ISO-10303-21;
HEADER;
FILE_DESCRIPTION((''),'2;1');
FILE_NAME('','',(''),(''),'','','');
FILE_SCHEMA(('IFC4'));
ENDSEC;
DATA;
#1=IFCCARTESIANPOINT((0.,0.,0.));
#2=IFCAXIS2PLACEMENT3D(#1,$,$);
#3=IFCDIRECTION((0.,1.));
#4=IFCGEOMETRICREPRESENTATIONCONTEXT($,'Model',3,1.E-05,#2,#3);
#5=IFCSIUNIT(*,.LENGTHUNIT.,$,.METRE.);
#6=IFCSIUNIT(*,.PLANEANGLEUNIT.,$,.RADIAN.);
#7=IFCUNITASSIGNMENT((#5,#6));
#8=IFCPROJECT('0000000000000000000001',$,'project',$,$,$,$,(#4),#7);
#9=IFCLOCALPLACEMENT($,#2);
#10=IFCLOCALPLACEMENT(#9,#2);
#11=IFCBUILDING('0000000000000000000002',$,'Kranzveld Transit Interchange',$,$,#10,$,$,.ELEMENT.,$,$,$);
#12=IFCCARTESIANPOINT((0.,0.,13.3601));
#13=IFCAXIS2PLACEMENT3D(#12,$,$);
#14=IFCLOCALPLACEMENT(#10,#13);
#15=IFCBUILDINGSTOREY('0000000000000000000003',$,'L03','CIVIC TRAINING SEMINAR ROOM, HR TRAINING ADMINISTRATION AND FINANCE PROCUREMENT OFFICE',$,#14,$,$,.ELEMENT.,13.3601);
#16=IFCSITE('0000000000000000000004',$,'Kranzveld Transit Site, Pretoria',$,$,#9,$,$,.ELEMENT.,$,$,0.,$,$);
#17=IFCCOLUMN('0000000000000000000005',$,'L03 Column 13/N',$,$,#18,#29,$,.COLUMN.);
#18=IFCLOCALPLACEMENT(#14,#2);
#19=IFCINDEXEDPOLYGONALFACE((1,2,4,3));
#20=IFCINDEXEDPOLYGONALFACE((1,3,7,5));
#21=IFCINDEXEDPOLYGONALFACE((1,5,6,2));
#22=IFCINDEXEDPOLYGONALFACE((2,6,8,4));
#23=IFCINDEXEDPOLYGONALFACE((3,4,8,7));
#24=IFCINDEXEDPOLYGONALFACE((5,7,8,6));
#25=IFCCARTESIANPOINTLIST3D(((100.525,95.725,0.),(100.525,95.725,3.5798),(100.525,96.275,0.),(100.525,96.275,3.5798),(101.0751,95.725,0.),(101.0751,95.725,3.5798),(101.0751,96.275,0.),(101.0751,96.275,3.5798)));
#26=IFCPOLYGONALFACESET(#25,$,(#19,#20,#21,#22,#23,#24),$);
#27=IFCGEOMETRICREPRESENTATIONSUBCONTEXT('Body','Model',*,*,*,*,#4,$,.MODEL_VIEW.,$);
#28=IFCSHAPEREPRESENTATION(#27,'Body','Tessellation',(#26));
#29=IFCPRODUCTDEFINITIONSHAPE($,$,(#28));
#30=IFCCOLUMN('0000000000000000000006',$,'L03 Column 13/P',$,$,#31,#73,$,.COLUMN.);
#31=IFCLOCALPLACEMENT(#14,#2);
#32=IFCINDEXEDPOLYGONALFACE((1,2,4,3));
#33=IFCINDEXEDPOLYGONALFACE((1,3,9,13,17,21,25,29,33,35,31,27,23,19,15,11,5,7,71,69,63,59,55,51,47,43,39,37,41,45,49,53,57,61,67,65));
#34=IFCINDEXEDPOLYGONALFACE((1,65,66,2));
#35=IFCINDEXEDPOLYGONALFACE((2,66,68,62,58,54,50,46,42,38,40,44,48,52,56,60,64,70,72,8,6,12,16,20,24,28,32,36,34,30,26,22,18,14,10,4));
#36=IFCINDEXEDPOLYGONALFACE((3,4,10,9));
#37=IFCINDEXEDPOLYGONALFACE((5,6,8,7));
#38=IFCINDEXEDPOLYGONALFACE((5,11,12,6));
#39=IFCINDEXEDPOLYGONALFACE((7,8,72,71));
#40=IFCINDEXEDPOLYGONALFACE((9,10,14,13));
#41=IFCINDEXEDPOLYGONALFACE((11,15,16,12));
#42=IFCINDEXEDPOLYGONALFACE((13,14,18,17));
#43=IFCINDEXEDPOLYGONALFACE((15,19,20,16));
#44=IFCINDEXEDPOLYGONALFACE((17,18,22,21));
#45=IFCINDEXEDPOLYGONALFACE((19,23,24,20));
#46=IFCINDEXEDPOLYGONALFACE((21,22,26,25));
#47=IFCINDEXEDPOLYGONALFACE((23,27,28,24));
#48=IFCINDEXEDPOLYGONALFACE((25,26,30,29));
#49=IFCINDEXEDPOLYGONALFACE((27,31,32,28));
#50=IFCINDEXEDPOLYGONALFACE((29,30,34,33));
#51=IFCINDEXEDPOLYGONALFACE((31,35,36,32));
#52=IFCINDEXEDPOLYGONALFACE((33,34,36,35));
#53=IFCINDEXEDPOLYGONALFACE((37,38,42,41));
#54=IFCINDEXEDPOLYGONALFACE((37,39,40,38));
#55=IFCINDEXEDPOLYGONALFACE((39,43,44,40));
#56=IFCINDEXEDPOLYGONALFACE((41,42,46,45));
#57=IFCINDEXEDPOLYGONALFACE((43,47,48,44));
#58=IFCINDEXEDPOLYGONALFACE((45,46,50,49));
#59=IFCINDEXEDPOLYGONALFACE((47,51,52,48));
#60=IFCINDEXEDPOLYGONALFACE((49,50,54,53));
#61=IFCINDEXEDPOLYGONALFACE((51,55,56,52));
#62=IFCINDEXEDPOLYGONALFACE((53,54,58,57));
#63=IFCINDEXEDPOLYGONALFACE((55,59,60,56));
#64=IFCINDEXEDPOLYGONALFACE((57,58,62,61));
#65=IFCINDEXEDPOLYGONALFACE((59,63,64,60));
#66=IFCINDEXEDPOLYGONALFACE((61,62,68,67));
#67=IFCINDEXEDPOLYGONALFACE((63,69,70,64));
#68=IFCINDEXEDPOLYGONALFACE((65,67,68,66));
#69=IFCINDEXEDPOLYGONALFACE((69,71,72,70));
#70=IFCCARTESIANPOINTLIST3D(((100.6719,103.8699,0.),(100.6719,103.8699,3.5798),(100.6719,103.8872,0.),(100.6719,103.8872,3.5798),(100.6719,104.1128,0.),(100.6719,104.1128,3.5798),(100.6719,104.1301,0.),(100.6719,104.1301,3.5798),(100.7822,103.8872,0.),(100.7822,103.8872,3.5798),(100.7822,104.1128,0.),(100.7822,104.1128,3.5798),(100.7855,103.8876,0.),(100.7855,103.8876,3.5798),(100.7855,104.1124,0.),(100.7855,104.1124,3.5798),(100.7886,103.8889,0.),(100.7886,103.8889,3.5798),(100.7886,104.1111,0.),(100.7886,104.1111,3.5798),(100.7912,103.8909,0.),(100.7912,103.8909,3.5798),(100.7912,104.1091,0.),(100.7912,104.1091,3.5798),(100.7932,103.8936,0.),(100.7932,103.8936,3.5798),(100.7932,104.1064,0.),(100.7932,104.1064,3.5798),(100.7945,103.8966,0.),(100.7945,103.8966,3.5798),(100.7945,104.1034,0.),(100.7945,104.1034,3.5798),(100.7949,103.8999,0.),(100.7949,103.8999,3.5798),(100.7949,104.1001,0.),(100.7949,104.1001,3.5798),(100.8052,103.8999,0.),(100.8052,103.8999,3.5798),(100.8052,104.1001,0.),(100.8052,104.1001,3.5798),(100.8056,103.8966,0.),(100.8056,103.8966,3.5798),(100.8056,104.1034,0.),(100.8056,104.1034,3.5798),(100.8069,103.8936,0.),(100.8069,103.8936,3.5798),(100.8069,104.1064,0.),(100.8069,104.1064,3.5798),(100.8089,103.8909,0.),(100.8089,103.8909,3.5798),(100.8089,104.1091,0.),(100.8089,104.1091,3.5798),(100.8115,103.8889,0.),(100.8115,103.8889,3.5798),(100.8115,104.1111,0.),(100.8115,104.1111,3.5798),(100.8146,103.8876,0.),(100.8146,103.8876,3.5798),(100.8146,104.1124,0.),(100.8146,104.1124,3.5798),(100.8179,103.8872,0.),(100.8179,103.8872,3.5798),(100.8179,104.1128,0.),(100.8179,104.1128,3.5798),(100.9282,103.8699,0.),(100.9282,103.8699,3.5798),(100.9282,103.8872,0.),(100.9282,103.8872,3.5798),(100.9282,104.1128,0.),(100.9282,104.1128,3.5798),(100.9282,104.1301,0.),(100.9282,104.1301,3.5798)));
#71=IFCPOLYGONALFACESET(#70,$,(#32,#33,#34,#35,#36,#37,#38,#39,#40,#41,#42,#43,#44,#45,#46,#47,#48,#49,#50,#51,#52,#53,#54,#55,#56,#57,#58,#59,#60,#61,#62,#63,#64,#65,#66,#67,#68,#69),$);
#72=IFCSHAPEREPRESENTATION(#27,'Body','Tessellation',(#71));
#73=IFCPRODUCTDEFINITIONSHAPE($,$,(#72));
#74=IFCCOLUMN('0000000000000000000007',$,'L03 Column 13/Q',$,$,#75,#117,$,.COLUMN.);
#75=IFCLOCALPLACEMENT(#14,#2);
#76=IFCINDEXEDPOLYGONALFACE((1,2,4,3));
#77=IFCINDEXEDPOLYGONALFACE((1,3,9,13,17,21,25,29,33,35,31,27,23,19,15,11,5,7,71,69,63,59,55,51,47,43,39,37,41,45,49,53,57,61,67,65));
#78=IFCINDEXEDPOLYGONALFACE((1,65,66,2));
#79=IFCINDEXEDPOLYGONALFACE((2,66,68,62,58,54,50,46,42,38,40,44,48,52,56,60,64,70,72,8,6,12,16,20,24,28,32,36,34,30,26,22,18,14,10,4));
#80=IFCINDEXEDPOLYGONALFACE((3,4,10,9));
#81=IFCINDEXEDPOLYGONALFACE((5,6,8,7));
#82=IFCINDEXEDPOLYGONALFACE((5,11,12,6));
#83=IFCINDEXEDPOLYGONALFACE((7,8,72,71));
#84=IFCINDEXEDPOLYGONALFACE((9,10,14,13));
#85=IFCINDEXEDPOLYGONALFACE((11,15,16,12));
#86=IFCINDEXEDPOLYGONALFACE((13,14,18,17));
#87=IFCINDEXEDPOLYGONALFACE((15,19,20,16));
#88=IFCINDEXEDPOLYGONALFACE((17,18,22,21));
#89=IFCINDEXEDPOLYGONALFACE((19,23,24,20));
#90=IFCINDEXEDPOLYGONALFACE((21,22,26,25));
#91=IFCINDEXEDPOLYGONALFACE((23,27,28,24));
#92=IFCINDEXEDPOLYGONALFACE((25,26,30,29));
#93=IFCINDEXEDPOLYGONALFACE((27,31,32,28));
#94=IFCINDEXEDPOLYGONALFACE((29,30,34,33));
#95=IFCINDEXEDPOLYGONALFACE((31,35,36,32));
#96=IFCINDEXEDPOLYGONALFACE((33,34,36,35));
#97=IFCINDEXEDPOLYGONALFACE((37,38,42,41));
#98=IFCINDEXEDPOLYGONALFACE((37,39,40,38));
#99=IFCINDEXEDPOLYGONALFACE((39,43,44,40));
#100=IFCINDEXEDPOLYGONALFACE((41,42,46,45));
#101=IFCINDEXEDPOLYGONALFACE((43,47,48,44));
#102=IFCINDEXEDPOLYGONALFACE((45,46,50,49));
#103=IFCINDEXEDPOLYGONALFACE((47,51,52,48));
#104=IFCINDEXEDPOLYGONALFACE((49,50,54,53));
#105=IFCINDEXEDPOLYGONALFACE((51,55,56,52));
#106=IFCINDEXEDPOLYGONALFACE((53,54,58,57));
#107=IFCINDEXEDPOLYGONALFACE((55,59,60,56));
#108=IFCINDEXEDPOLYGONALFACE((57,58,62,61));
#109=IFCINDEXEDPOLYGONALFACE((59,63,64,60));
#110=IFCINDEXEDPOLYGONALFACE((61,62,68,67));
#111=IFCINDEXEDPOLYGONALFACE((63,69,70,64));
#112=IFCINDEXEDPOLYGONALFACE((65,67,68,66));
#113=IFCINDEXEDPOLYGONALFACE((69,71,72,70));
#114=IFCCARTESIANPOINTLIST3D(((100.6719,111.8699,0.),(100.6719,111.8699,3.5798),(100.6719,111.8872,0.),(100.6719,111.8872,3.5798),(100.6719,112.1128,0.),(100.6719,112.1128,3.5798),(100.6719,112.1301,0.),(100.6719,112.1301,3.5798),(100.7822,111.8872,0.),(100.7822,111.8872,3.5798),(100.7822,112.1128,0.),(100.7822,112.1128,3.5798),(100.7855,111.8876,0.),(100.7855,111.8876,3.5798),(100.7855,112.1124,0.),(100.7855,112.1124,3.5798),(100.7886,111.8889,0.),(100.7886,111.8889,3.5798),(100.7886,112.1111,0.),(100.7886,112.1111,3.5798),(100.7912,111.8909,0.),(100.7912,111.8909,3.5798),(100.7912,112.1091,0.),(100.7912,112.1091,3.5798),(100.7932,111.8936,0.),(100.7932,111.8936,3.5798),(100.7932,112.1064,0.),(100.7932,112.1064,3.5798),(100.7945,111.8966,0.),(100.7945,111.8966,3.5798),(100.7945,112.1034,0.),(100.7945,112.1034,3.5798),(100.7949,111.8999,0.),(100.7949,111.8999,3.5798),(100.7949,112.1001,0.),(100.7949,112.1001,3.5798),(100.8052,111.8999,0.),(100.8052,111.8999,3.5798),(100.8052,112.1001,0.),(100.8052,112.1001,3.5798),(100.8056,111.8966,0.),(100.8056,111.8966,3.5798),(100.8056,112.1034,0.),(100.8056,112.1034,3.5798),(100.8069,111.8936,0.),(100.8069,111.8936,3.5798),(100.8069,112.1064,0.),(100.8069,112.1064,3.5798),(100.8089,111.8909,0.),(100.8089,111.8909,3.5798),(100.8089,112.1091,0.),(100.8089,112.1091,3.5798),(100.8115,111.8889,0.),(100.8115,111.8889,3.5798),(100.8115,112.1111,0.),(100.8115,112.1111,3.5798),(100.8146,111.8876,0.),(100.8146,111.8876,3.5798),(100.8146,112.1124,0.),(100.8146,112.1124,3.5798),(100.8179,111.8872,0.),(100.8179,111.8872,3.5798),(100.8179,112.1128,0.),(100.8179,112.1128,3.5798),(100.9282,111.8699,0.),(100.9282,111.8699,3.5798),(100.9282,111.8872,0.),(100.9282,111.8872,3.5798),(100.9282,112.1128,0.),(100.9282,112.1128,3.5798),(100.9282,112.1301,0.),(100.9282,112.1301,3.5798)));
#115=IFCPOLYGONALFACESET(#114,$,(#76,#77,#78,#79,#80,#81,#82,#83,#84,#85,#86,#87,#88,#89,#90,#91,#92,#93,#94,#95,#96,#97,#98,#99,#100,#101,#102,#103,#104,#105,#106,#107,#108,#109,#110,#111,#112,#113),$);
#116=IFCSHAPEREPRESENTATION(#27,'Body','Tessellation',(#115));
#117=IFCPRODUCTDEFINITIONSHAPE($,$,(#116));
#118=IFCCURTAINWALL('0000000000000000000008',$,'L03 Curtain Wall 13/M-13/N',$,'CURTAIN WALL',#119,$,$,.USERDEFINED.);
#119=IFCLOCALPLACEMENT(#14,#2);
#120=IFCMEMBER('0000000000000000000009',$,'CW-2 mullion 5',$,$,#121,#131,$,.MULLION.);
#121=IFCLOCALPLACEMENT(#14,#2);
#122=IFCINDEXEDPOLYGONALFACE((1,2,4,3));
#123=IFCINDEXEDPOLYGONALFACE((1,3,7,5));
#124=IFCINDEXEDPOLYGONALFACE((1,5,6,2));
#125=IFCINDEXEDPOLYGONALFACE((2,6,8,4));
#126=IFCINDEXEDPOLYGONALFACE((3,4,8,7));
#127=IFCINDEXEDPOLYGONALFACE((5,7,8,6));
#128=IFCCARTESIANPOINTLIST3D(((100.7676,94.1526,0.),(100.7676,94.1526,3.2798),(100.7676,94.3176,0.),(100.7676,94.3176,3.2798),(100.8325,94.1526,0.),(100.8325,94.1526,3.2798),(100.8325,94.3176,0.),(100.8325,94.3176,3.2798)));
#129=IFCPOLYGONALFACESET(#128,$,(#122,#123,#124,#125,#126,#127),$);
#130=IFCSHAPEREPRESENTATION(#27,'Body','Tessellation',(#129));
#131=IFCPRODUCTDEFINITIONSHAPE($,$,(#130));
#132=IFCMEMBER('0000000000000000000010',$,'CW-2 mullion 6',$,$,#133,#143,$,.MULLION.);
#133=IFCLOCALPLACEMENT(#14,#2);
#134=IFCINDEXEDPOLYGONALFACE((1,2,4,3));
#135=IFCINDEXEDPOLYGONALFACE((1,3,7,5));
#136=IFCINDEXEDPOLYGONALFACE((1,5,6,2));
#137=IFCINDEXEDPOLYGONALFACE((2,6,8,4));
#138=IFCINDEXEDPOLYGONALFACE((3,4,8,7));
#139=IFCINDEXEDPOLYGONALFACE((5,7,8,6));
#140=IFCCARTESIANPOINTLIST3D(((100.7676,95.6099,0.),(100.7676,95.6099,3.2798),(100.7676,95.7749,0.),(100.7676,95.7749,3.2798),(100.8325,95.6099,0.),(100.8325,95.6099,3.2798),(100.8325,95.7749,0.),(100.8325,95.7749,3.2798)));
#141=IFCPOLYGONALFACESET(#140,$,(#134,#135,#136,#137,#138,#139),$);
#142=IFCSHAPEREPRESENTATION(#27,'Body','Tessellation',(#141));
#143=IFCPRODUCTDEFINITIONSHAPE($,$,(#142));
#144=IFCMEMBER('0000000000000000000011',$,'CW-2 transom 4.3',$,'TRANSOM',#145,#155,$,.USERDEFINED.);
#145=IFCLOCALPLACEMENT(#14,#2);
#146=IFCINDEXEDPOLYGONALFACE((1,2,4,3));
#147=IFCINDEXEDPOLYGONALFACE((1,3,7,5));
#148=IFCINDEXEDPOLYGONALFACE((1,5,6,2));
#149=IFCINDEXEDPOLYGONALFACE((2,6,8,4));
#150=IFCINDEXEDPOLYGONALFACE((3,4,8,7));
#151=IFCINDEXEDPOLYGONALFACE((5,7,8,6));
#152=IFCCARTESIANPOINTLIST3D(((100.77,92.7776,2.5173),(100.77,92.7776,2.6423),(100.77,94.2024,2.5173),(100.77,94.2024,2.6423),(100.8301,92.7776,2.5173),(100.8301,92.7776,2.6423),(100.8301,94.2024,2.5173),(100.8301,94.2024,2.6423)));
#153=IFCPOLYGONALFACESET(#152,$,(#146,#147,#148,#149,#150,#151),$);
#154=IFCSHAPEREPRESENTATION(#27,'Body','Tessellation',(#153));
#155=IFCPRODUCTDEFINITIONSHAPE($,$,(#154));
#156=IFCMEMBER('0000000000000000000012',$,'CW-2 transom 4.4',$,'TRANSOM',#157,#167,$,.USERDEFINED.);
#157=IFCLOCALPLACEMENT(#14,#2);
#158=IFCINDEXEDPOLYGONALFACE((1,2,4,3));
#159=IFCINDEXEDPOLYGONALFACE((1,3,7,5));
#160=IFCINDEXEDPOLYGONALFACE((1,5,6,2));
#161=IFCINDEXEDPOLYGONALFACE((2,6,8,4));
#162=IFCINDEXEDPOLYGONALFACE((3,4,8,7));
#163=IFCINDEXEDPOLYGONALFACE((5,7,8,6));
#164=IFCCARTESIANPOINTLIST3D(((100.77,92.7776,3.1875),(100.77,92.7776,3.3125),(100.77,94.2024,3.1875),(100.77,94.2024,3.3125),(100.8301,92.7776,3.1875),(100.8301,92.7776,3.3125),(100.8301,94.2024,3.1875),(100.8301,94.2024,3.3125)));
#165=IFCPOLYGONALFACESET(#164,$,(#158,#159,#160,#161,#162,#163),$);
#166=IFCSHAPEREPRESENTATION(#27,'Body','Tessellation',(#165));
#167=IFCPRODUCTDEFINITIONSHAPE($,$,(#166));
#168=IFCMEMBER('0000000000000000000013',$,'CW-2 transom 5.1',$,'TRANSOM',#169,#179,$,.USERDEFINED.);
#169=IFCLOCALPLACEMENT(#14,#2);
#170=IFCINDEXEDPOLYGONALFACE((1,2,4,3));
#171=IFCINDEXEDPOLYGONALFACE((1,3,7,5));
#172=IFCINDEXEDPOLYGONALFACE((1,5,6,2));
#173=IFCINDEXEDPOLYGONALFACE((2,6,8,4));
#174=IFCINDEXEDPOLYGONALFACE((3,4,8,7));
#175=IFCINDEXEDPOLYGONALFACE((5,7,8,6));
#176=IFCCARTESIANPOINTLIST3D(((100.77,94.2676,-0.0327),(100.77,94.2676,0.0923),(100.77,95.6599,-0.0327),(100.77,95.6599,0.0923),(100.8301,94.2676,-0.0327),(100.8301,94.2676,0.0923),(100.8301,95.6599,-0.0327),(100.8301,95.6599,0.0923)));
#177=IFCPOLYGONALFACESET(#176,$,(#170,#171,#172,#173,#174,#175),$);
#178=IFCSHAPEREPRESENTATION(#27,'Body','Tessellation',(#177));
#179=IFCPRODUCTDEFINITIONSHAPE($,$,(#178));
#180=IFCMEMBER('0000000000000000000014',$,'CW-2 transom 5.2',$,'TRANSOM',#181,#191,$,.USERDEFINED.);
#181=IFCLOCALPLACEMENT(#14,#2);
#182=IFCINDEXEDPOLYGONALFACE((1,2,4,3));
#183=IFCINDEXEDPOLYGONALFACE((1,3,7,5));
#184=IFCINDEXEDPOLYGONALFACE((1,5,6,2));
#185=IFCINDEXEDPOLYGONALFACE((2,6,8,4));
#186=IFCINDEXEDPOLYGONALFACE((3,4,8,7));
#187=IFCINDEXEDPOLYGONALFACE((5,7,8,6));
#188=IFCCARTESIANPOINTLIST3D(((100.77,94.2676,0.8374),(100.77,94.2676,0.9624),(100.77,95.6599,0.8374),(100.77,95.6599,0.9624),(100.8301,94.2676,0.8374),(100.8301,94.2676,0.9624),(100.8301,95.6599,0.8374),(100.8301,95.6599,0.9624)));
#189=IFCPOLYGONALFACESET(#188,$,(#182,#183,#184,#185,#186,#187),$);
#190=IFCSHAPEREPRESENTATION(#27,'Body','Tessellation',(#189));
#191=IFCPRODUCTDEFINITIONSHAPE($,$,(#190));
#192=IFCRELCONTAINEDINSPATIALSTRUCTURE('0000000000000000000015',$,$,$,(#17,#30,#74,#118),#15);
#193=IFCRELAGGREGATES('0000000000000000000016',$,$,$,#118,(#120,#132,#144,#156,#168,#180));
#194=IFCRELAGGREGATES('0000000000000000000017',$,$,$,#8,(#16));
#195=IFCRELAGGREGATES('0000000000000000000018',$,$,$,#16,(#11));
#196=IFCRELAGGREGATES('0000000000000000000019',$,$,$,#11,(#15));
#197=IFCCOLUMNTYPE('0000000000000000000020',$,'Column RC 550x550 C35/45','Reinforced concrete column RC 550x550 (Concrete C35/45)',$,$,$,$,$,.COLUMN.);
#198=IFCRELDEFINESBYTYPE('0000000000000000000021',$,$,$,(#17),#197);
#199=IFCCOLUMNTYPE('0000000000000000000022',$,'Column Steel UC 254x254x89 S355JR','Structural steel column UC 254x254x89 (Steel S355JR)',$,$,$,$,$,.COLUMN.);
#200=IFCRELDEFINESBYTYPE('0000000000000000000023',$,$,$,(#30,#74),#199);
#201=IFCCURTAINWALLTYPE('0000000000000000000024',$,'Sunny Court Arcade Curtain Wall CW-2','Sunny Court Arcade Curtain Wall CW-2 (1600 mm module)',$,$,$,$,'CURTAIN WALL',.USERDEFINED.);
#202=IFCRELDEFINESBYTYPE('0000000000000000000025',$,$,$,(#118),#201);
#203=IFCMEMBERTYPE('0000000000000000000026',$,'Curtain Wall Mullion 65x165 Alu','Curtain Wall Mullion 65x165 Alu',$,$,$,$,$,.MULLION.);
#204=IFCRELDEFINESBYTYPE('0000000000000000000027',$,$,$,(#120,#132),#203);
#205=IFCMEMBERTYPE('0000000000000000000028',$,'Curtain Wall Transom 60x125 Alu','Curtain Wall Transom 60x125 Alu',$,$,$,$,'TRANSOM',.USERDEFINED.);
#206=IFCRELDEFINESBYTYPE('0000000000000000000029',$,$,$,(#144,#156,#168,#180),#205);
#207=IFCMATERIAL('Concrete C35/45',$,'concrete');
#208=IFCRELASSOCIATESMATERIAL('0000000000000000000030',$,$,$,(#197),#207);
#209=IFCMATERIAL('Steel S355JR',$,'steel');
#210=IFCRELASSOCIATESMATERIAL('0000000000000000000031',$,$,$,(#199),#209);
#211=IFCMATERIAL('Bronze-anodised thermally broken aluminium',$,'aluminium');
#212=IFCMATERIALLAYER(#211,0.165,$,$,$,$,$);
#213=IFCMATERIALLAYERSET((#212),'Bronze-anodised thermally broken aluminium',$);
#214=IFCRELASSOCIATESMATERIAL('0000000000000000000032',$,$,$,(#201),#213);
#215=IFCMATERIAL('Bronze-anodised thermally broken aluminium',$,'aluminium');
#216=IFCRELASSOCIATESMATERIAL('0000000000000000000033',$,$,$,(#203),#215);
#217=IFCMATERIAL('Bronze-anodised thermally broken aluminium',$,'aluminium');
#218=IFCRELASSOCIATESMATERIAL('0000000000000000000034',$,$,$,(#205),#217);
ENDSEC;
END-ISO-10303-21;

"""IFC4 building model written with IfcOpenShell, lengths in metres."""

from ifc_helpers import new_model, si_unit, direction, frame, origin, origin_2d, place, context, subcontext, project, spatial, rectangle, i_section, extrude, material, layer, layer_set, material_profile, profile_set, type_object, element, aggregate, save


model = new_model("IFC4")

# Units and contexts
model_context = context("Model", 3, precision=1e-05, world=origin(), true_north=direction((0.0, 1.0)))
body_context = subcontext(model_context, "Body", "Model", "MODEL_VIEW")
ifc_project = project(units=[si_unit("LENGTHUNIT", "METRE"), si_unit("PLANEANGLEUNIT", "RADIAN")], contexts=[model_context])

# Site, building, storey
site_placement = place(None, origin())
site = spatial("IfcSite", under=ifc_project, at=site_placement, Name="Kranzveld Transit Site, Pretoria", CompositionType="ELEMENT", RefElevation=0.0)
building_placement = place(site_placement, origin())
building = spatial("IfcBuilding", under=site, at=building_placement, Name="Kranzveld Transit Interchange", CompositionType="ELEMENT")
storey_placement = place(building_placement, frame((0.0, 0.0, 13.3601)))
storey = spatial("IfcBuildingStorey", under=building, at=storey_placement, Name="L03", Description="CIVIC TRAINING SEMINAR ROOM, HR TRAINING ADMINISTRATION AND FINANCE PROCUREMENT OFFICE", CompositionType="ELEMENT", Elevation=13.3601)

# Columns
ifc_material_1 = material(Name="Concrete C35/45", Category="concrete")
ifc_material_profile_1 = material_profile(ifc_material_1, rectangle(XDim=0.55, YDim=0.55, at=origin_2d()), Name="RC 550x550")
ifc_profile_set_1 = profile_set([ifc_material_profile_1], Name="Concrete C35/45")
column_type_1 = type_object("IfcColumnType", Name="Column RC 550x550 C35/45", Description="Reinforced concrete column RC 550x550 (Concrete C35/45)", PredefinedType="COLUMN", material=ifc_profile_set_1)
column_placement = place(storey_placement, frame((100.8, 96.0, 0.0), z_axis=(0.0, 0.0, 1.0), x_axis=(1.0, 0.0, 0.0)))
element("IfcColumn", 1, at=column_placement, inside=storey, type_object=column_type_1, Name="L03 Column 13/N", PredefinedType="COLUMN", context=body_context, shape_type="SweptSolid", body=[
    extrude(rectangle(XDim=0.55, YDim=0.55, at=origin_2d()), origin(), (0.0, 0.0, 1.0), 3.5798),
])
ifc_material_2 = material(Name="Steel S355JR", Category="steel")
ifc_material_profile_2 = material_profile(ifc_material_2, i_section(OverallWidth=0.2563, OverallDepth=0.2603, WebThickness=0.0103, FlangeThickness=0.0173, FilletRadius=0.0127, at=origin_2d()), Name="UC 254x254x89")
ifc_profile_set_2 = profile_set([ifc_material_profile_2], Name="Steel S355JR")
column_type_2 = type_object("IfcColumnType", Name="Column Steel UC 254x254x89 S355JR", Description="Structural steel column UC 254x254x89 (Steel S355JR)", PredefinedType="COLUMN", material=ifc_profile_set_2)
for number, where, z_axis, x_axis, name in (
    (2, (100.8, 104.0, 0.0), (0.0, 0.0, 1.0), (1.0, 0.0, 0.0), "L03 Column 13/P"),
    (3, (100.8, 112.0, 0.0), (0.0, 0.0, 1.0), (1.0, 0.0, 0.0), "L03 Column 13/Q"),
):
    element("IfcColumn", number, at=place(storey_placement, frame(where, z_axis=z_axis, x_axis=x_axis)), inside=storey, type_object=column_type_2, Name=name, PredefinedType="COLUMN", context=body_context, shape_type="SweptSolid", body=[
        extrude(i_section(OverallWidth=0.2563, OverallDepth=0.2603, WebThickness=0.0103, FlangeThickness=0.0173, FilletRadius=0.0127, at=origin_2d()), origin(), (0.0, 0.0, 1.0), 3.5798),
    ])

# Curtain wall, members
ifc_material_3 = material(Name="Bronze-anodised thermally broken aluminium", Category="aluminium")
ifc_layer_1 = layer(ifc_material_3, 0.165)
ifc_layer_set_1 = layer_set([ifc_layer_1], Name="Bronze-anodised thermally broken aluminium")
curtain_wall_type = type_object("IfcCurtainWallType", Name="Sunny Court Arcade Curtain Wall CW-2", Description="Sunny Court Arcade Curtain Wall CW-2 (1600 mm module)", ElementType="CURTAIN WALL", PredefinedType="USERDEFINED", material=ifc_layer_set_1)
curtain_wall_placement = place(storey_placement, origin())
curtain_wall = element("IfcCurtainWall", 4, at=curtain_wall_placement, inside=storey, type_object=curtain_wall_type, Name="L03 Curtain Wall 13/M-13/N", ObjectType="CURTAIN WALL", PredefinedType="USERDEFINED")
ifc_material_4 = material(Name="Bronze-anodised thermally broken aluminium", Category="aluminium")
ifc_material_profile_3 = material_profile(ifc_material_4, rectangle(XDim=0.0649, YDim=0.165, at=origin_2d()), Name="ALU MULLION 65x165")
ifc_profile_set_3 = profile_set([ifc_material_profile_3], Name="Bronze-anodised thermally broken aluminium")
member_type_1 = type_object("IfcMemberType", Name="Curtain Wall Mullion 65x165 Alu", Description="Curtain Wall Mullion 65x165 Alu", PredefinedType="MULLION", material=ifc_profile_set_3)
member_1_placement = place(storey_placement, frame((100.8, 94.2351, 0.0), z_axis=(0.0, 0.0, 1.0), x_axis=(-1.0, 0.0, 0.0)))
member_1 = element("IfcMember", 5, at=member_1_placement, type_object=member_type_1, Name="CW-2 mullion 5", PredefinedType="MULLION", context=body_context, shape_type="SweptSolid", body=[
    extrude(rectangle(XDim=0.0649, YDim=0.165, at=origin_2d()), origin(), (0.0, 0.0, 1.0), 3.2798),
])
member_2_placement = place(storey_placement, frame((100.8, 95.6924, 0.0), z_axis=(0.0, 0.0, 1.0), x_axis=(-1.0, 0.0, 0.0)))
member_2 = element("IfcMember", 6, at=member_2_placement, type_object=member_type_1, Name="CW-2 mullion 6", PredefinedType="MULLION", context=body_context, shape_type="SweptSolid", body=[
    extrude(rectangle(XDim=0.0649, YDim=0.165, at=origin_2d()), origin(), (0.0, 0.0, 1.0), 3.2798),
])
ifc_material_5 = material(Name="Bronze-anodised thermally broken aluminium", Category="aluminium")
ifc_material_profile_4 = material_profile(ifc_material_5, rectangle(XDim=0.0601, YDim=0.125, at=origin_2d()), Name="ALU TRANSOM 60x125")
ifc_profile_set_4 = profile_set([ifc_material_profile_4], Name="Bronze-anodised thermally broken aluminium")
member_type_2 = type_object("IfcMemberType", Name="Curtain Wall Transom 60x125 Alu", Description="Curtain Wall Transom 60x125 Alu", ElementType="TRANSOM", PredefinedType="USERDEFINED", material=ifc_profile_set_4)
member_3_placement = place(storey_placement, frame((100.8, 92.7776, 2.5798), z_axis=(0.0, 1.0, 0.0), x_axis=(-1.0, 0.0, 0.0)))
member_3 = element("IfcMember", 7, at=member_3_placement, type_object=member_type_2, Name="CW-2 transom 4.3", ObjectType="TRANSOM", PredefinedType="USERDEFINED", context=body_context, shape_type="SweptSolid", body=[
    extrude(rectangle(XDim=0.0601, YDim=0.125, at=origin_2d()), origin(), (0.0, 0.0, 1.0), 1.4248),
])
member_4_placement = place(storey_placement, frame((100.8, 92.7776, 3.25), z_axis=(0.0, 1.0, 0.0), x_axis=(-1.0, 0.0, 0.0)))
member_4 = element("IfcMember", 8, at=member_4_placement, type_object=member_type_2, Name="CW-2 transom 4.4", ObjectType="TRANSOM", PredefinedType="USERDEFINED", context=body_context, shape_type="SweptSolid", body=[
    extrude(rectangle(XDim=0.0601, YDim=0.125, at=origin_2d()), origin(), (0.0, 0.0, 1.0), 1.4248),
])
member_5_placement = place(storey_placement, frame((100.8, 94.2676, 0.0298), z_axis=(0.0, 1.0, 0.0), x_axis=(-1.0, 0.0, 0.0)))
member_5 = element("IfcMember", 9, at=member_5_placement, type_object=member_type_2, Name="CW-2 transom 5.1", ObjectType="TRANSOM", PredefinedType="USERDEFINED", context=body_context, shape_type="SweptSolid", body=[
    extrude(rectangle(XDim=0.0601, YDim=0.125, at=origin_2d()), origin(), (0.0, 0.0, 1.0), 1.3923),
])
member_6_placement = place(storey_placement, frame((100.8, 94.2676, 0.8999), z_axis=(0.0, 1.0, 0.0), x_axis=(-1.0, 0.0, 0.0)))
member_6 = element("IfcMember", 10, at=member_6_placement, type_object=member_type_2, Name="CW-2 transom 5.2", ObjectType="TRANSOM", PredefinedType="USERDEFINED", context=body_context, shape_type="SweptSolid", body=[
    extrude(rectangle(XDim=0.0601, YDim=0.125, at=origin_2d()), origin(), (0.0, 0.0, 1.0), 1.3923),
])

aggregate(curtain_wall, [member_1, member_2, member_3, member_4, member_5, member_6])

save(model, "model.ifc")
